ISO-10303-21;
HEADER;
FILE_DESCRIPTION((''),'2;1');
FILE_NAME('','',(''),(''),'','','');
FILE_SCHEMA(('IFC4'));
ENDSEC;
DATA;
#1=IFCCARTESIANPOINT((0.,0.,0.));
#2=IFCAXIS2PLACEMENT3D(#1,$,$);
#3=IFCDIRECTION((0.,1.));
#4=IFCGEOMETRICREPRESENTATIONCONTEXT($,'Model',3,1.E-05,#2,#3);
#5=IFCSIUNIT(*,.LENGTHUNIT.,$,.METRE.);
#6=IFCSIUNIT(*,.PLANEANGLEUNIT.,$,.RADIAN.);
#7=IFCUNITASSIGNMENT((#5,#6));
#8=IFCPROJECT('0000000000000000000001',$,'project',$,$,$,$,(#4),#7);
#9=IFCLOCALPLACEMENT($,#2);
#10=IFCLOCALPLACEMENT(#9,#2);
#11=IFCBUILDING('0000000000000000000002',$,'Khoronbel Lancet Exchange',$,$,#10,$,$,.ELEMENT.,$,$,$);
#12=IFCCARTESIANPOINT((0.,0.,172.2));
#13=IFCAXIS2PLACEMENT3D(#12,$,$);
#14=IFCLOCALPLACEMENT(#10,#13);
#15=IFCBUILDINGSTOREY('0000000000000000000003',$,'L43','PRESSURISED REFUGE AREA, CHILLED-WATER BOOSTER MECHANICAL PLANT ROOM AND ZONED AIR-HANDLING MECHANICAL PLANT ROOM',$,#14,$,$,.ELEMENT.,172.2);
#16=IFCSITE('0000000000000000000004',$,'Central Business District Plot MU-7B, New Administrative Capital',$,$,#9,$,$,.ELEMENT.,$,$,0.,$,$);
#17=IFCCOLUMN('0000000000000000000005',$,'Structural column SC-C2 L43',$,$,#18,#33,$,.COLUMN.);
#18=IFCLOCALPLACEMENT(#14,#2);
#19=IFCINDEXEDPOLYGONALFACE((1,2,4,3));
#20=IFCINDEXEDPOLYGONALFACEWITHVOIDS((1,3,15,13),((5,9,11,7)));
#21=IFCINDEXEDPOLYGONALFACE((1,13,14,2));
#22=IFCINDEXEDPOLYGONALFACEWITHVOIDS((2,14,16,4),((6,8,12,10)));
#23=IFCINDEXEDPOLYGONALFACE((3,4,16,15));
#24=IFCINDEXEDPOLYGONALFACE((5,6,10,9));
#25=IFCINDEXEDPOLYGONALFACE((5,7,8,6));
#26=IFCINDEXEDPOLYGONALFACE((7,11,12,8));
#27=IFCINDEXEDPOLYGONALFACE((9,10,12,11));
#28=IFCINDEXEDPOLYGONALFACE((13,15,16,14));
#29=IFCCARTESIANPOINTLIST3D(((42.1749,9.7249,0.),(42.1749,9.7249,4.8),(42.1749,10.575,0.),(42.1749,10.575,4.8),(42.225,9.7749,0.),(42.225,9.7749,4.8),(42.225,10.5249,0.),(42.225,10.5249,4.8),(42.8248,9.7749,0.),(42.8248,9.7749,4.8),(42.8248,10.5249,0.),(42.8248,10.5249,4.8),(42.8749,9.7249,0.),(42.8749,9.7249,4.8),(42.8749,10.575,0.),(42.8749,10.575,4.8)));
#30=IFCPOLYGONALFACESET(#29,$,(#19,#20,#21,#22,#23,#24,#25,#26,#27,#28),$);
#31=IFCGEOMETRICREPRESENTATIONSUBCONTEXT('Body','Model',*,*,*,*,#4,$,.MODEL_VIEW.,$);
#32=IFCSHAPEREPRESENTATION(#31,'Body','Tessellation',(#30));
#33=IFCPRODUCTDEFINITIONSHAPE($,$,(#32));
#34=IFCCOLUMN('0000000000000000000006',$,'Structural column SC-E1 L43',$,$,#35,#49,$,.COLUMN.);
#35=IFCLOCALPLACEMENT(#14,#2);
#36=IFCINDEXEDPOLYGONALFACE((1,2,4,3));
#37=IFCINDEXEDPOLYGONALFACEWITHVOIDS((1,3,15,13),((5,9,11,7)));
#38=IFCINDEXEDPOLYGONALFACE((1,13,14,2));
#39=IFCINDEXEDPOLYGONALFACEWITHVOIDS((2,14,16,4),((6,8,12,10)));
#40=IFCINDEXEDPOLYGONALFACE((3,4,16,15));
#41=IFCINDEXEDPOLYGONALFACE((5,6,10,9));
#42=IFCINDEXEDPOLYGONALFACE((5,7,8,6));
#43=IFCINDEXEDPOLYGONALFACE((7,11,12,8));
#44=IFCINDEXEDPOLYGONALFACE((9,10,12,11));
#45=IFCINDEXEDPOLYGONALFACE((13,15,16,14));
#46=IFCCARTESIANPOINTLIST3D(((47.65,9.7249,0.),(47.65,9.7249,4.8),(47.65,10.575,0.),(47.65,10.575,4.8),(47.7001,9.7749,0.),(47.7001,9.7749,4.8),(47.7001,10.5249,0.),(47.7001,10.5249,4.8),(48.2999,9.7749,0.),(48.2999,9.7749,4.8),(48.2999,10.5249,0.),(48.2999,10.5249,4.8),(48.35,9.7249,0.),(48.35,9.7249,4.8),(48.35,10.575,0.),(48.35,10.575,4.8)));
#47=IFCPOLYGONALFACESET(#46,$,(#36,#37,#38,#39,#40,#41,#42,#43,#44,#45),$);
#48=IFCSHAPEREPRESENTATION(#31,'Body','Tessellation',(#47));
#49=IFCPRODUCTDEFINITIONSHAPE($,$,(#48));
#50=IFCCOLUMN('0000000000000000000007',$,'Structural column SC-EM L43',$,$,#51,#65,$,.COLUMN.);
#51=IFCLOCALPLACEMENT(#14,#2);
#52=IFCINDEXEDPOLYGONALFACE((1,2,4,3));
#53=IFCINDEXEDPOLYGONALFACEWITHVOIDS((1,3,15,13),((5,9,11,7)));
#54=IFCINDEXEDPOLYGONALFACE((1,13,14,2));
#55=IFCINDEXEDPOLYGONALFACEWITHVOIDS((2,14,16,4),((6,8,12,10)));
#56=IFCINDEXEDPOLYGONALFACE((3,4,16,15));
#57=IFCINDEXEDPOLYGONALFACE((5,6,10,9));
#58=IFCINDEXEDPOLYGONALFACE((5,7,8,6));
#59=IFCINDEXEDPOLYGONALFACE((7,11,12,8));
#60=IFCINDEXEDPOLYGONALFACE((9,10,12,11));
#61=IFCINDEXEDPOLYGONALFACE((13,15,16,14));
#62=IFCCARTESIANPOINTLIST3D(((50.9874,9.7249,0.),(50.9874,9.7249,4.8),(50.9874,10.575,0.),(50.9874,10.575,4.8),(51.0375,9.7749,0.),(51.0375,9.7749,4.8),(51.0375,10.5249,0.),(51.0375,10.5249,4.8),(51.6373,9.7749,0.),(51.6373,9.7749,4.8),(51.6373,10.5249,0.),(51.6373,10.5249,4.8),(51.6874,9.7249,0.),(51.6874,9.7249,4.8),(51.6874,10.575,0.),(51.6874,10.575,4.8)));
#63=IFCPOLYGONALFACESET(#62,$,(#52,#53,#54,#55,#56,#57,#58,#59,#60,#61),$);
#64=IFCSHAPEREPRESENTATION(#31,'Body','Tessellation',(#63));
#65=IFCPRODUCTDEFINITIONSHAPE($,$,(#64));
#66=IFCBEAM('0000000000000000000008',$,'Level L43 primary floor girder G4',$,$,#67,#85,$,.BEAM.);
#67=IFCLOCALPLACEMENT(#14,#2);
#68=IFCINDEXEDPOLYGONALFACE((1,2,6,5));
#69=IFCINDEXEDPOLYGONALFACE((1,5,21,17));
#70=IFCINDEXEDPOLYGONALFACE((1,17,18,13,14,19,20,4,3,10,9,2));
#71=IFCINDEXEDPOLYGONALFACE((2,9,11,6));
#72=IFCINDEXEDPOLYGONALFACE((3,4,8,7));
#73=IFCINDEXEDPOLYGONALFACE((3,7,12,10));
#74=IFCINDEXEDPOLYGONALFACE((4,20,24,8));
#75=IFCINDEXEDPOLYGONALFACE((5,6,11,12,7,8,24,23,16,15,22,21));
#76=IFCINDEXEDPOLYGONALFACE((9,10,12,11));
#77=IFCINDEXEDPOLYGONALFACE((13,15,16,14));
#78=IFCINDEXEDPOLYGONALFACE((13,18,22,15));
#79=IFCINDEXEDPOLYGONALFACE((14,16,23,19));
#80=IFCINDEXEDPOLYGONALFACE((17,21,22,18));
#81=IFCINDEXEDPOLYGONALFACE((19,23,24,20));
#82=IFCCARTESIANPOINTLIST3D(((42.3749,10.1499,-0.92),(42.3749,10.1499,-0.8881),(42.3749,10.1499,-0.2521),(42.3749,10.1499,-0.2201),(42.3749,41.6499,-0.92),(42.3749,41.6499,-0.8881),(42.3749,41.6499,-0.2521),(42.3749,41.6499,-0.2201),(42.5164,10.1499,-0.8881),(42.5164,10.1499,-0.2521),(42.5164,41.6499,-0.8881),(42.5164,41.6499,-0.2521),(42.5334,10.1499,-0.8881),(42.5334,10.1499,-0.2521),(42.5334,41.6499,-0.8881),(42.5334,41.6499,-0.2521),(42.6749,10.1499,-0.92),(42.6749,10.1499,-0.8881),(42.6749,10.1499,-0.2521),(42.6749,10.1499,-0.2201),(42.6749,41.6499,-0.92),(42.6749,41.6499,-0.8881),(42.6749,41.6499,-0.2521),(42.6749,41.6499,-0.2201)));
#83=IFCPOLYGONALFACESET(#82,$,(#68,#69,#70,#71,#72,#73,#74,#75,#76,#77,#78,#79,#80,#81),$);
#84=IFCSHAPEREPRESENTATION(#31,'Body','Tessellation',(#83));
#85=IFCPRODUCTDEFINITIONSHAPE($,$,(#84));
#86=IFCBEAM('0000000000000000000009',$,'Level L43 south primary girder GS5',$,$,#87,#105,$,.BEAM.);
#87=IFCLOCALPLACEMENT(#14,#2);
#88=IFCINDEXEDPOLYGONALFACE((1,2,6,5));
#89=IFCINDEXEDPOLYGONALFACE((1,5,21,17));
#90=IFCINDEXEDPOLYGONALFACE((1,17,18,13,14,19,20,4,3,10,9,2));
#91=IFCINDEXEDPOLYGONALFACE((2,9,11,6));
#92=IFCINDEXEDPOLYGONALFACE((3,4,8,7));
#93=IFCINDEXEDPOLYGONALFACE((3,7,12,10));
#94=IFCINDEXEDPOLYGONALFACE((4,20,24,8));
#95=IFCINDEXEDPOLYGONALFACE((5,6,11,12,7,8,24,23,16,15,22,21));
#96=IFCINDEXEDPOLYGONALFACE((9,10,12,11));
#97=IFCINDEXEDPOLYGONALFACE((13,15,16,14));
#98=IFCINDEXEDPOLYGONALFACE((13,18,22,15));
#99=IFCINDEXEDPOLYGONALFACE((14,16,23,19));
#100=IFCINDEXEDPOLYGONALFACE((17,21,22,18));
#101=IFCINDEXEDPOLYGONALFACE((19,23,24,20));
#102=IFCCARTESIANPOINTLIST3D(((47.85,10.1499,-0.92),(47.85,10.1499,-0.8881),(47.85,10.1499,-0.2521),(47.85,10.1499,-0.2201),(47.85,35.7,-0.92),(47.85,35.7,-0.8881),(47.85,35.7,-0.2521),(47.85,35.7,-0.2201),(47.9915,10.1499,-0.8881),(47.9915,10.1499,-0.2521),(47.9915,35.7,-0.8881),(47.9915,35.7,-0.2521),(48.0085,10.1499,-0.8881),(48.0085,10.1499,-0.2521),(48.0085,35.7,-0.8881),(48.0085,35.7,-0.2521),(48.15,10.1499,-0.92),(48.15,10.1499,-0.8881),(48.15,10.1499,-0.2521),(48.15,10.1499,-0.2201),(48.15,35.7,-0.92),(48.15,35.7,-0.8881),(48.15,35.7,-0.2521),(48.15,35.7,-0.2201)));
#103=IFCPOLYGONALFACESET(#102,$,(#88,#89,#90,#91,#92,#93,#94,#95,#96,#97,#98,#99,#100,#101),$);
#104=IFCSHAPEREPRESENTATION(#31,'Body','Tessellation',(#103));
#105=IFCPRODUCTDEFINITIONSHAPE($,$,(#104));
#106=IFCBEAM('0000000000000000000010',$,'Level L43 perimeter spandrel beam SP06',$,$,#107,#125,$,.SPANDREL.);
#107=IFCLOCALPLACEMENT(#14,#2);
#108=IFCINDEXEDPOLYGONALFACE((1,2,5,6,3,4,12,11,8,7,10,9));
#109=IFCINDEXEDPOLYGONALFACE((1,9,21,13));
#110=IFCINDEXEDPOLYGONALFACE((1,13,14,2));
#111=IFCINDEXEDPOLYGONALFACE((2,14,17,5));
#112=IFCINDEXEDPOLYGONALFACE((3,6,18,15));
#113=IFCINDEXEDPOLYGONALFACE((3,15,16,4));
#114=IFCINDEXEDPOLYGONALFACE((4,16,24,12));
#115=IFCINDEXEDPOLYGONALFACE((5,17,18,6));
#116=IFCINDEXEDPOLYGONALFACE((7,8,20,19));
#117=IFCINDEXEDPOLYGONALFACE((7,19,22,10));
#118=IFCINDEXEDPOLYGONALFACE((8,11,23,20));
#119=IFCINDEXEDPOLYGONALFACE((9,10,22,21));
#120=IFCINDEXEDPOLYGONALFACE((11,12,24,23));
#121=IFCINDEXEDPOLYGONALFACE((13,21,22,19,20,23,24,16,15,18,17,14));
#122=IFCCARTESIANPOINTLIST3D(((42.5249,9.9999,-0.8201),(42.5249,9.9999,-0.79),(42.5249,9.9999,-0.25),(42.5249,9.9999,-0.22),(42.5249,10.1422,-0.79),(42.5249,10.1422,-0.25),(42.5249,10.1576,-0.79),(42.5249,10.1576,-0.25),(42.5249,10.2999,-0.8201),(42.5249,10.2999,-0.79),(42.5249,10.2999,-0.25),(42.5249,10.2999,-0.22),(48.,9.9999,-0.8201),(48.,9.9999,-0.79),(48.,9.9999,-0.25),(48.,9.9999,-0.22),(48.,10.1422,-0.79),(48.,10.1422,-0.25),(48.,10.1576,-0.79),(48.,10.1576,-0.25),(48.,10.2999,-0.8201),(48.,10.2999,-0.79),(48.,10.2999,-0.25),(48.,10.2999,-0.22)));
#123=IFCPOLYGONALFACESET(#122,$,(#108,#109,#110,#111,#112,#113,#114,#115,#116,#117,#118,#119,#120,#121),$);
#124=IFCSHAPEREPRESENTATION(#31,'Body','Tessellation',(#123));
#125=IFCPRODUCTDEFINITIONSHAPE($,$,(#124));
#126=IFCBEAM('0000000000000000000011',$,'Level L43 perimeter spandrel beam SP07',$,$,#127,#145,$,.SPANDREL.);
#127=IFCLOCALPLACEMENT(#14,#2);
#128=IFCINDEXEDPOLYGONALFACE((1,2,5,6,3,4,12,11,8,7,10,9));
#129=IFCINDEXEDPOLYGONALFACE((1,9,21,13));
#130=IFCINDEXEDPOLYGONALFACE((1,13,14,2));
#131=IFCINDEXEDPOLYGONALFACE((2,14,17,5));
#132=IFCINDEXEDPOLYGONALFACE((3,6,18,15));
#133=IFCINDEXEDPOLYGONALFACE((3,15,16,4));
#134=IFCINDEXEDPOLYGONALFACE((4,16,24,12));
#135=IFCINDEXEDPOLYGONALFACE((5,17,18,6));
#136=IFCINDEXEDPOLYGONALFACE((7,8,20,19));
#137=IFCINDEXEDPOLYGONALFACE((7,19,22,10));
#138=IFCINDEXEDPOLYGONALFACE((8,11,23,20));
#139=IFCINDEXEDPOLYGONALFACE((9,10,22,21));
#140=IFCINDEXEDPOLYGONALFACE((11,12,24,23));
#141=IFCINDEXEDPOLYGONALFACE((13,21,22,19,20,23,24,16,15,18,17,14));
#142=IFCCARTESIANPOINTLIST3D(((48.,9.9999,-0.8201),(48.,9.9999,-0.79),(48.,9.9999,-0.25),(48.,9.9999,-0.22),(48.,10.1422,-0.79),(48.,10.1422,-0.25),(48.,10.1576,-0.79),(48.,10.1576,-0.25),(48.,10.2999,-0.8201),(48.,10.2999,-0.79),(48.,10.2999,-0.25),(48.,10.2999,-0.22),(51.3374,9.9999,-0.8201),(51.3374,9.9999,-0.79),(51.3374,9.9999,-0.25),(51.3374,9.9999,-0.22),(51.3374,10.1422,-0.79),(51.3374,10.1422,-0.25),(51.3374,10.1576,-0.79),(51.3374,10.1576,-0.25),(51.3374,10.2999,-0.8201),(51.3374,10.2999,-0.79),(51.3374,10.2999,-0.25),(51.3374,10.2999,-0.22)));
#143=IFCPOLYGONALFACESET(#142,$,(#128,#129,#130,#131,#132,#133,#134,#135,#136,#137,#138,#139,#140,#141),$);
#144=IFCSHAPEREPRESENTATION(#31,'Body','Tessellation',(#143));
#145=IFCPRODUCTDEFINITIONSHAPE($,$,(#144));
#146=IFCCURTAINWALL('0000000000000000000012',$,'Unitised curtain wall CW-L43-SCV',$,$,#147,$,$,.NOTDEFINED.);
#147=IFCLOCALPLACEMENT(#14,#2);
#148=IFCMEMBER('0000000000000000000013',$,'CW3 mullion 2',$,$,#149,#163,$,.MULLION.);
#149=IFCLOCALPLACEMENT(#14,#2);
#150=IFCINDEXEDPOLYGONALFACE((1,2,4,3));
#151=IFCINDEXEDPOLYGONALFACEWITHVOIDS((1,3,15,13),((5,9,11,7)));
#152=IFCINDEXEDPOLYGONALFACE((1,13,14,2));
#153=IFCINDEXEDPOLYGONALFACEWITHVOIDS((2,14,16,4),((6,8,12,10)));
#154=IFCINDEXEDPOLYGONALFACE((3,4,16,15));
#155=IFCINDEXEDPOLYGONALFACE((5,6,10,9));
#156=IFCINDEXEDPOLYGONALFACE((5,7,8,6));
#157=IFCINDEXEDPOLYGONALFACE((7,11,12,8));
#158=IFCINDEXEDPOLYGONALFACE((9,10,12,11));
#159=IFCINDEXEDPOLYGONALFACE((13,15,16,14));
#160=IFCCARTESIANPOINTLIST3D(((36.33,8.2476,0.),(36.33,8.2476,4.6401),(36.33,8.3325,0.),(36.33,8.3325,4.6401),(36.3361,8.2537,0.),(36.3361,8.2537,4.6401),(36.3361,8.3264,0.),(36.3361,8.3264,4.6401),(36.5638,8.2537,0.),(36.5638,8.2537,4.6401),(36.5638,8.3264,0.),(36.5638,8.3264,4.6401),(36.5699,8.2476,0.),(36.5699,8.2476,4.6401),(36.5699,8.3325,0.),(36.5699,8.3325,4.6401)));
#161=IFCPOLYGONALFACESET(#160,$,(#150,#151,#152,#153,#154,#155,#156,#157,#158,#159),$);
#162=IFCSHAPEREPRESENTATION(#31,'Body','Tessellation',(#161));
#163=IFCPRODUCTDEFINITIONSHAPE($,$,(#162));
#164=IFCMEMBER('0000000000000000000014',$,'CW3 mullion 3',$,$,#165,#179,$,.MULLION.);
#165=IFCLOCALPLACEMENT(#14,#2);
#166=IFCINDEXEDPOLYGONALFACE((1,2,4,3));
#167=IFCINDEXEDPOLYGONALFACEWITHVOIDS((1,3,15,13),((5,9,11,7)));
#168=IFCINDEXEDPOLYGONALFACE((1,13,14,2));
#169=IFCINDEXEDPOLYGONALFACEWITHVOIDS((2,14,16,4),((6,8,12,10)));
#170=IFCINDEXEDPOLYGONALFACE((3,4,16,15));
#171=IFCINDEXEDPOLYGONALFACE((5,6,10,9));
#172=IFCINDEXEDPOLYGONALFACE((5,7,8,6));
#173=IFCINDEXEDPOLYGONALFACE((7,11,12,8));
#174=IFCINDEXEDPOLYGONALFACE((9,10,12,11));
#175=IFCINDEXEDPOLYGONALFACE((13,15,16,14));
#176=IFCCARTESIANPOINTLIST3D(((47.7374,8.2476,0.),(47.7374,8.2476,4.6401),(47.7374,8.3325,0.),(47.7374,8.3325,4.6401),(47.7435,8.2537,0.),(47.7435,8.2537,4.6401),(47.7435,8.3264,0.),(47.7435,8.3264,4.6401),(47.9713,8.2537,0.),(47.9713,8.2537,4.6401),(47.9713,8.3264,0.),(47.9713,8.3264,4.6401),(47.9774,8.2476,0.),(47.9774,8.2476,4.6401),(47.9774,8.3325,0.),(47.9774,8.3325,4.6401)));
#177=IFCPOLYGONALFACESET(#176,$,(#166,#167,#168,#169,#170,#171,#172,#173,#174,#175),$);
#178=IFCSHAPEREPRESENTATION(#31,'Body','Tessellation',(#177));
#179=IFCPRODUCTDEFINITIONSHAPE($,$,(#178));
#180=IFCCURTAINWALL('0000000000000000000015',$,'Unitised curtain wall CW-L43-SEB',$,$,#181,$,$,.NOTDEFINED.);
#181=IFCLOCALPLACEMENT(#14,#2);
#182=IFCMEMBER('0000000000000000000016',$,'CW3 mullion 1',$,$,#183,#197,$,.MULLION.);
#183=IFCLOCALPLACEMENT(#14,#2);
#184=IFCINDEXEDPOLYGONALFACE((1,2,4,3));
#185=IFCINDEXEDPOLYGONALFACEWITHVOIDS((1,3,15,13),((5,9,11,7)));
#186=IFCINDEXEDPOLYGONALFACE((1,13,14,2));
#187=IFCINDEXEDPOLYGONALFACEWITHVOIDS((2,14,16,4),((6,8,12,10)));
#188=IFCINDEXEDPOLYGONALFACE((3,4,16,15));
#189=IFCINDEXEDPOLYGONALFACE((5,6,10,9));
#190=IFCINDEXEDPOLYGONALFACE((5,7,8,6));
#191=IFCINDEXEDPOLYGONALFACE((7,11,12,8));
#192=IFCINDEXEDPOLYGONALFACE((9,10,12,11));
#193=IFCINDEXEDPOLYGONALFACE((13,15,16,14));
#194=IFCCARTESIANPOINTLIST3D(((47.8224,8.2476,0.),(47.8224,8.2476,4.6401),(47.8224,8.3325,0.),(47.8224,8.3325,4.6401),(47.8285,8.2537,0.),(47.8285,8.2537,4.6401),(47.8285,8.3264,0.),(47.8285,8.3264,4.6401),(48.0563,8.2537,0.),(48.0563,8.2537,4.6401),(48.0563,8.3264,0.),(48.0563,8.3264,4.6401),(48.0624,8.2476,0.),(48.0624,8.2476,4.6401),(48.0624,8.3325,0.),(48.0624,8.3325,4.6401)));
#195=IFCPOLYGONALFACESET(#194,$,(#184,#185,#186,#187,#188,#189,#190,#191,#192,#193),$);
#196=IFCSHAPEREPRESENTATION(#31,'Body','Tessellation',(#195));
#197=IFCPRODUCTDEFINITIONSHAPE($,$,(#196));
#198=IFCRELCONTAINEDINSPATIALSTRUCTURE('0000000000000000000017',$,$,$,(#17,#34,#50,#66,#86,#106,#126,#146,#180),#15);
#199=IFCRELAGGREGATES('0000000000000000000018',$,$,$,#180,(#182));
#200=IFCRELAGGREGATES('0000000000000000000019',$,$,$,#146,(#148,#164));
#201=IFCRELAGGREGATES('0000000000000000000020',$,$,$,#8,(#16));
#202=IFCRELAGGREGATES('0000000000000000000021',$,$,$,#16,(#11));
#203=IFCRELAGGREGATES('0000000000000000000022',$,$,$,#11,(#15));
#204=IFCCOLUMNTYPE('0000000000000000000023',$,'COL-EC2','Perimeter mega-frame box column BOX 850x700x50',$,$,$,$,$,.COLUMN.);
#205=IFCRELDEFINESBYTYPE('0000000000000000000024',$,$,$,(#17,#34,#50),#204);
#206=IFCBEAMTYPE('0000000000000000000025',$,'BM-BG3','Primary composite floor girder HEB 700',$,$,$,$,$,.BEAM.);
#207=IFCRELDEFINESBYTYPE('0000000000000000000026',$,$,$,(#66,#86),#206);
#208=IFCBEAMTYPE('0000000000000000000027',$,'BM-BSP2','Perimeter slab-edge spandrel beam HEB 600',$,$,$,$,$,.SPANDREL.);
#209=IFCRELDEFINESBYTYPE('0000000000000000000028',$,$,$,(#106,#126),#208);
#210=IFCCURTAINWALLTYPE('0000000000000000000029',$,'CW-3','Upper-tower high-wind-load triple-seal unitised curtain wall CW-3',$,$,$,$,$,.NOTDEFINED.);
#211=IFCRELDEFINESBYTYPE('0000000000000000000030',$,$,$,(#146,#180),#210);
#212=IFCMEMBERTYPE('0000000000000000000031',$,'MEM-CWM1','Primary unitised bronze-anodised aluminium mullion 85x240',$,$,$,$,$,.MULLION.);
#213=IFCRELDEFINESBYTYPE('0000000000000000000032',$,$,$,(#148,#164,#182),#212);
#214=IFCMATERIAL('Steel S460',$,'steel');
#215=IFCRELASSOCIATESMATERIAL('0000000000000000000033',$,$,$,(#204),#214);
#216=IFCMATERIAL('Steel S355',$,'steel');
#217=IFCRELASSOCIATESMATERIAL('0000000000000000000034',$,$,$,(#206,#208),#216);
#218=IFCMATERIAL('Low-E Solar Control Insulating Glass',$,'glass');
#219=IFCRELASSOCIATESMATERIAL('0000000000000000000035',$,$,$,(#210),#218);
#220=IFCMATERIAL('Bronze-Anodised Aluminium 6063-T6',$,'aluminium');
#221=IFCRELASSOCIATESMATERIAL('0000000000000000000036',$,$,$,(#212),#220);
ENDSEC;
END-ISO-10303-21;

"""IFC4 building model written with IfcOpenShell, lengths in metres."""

from ifc_helpers import new_model, si_unit, direction, frame, origin, origin_2d, place, context, subcontext, project, spatial, hollow_rectangle, i_section, extrude, material, material_profile, profile_set, type_object, element, aggregate, save


model = new_model("IFC4")

# Units and contexts
model_context = context("Model", 3, precision=1e-05, world=origin(), true_north=direction((0.0, 1.0)))
body_context = subcontext(model_context, "Body", "Model", "MODEL_VIEW")
ifc_project = project(units=[si_unit("LENGTHUNIT", "METRE"), si_unit("PLANEANGLEUNIT", "RADIAN")], contexts=[model_context])

# Site, building, storey
site_placement = place(None, origin())
site = spatial("IfcSite", under=ifc_project, at=site_placement, Name="Central Business District Plot MU-7B, New Administrative Capital", CompositionType="ELEMENT", RefElevation=0.0)
building_placement = place(site_placement, origin())
building = spatial("IfcBuilding", under=site, at=building_placement, Name="Khoronbel Lancet Exchange", CompositionType="ELEMENT")
storey_placement = place(building_placement, frame((0.0, 0.0, 172.2)))
storey = spatial("IfcBuildingStorey", under=building, at=storey_placement, Name="L43", Description="PRESSURISED REFUGE AREA, CHILLED-WATER BOOSTER MECHANICAL PLANT ROOM AND ZONED AIR-HANDLING MECHANICAL PLANT ROOM", CompositionType="ELEMENT", Elevation=172.2)

# Columns
ifc_material_1 = material(Name="Steel S460", Category="steel")
ifc_material_profile_1 = material_profile(ifc_material_1, hollow_rectangle(XDim=0.7, YDim=0.8501, WallThickness=0.05, at=origin_2d()), Name="BOX 850x700x50")
ifc_profile_set_1 = profile_set([ifc_material_profile_1], Name="Steel S460")
column_type = type_object("IfcColumnType", Name="COL-EC2", Description="Perimeter mega-frame box column BOX 850x700x50", PredefinedType="COLUMN", material=ifc_profile_set_1)
for number, where, z_axis, x_axis, name in (
    (1, (42.5249, 10.1499, 0.0), (0.0, 0.0, 1.0), (1.0, 0.0, 0.0), "Structural column SC-C2 L43"),
    (2, (48.0, 10.1499, 0.0), (0.0, 0.0, 1.0), (1.0, 0.0, 0.0), "Structural column SC-E1 L43"),
    (3, (51.3374, 10.1499, 0.0), (0.0, 0.0, 1.0), (1.0, 0.0, 0.0), "Structural column SC-EM L43"),
):
    element("IfcColumn", number, at=place(storey_placement, frame(where, z_axis=z_axis, x_axis=x_axis)), inside=storey, type_object=column_type, Name=name, PredefinedType="COLUMN", context=body_context, shape_type="SweptSolid", body=[
        extrude(hollow_rectangle(XDim=0.7, YDim=0.8501, WallThickness=0.05, at=origin_2d()), origin(), (0.0, 0.0, 1.0), 4.8),
    ])

# Beams
ifc_material_2 = material(Name="Steel S355", Category="steel")
ifc_material_profile_2 = material_profile(ifc_material_2, i_section(OverallWidth=0.3, OverallDepth=0.7, WebThickness=0.0171, FlangeThickness=0.032, at=origin_2d()), Name="HEB 700")
ifc_profile_set_2 = profile_set([ifc_material_profile_2], Name="Steel S355")
beam_type_1 = type_object("IfcBeamType", Name="BM-BG3", Description="Primary composite floor girder HEB 700", PredefinedType="BEAM", material=ifc_profile_set_2)
beam_1_placement = place(storey_placement, frame((42.5249, 10.1499, -0.5701), z_axis=(0.0, 1.0, 0.0), x_axis=(-1.0, 0.0, 0.0)))
element("IfcBeam", 4, at=beam_1_placement, inside=storey, type_object=beam_type_1, Name="Level L43 primary floor girder G4", PredefinedType="BEAM", context=body_context, shape_type="SweptSolid", body=[
    extrude(i_section(OverallWidth=0.3, OverallDepth=0.7, WebThickness=0.0171, FlangeThickness=0.032, at=origin_2d()), origin(), (0.0, 0.0, 1.0), 31.5),
])
beam_2_placement = place(storey_placement, frame((48.0, 10.1499, -0.5701), z_axis=(0.0, 1.0, 0.0), x_axis=(-1.0, 0.0, 0.0)))
element("IfcBeam", 5, at=beam_2_placement, inside=storey, type_object=beam_type_1, Name="Level L43 south primary girder GS5", PredefinedType="BEAM", context=body_context, shape_type="SweptSolid", body=[
    extrude(i_section(OverallWidth=0.3, OverallDepth=0.7, WebThickness=0.0171, FlangeThickness=0.032, at=origin_2d()), origin(), (0.0, 0.0, 1.0), 25.55),
])
ifc_material_profile_3 = material_profile(ifc_material_2, i_section(OverallWidth=0.3, OverallDepth=0.6001, WebThickness=0.0154, FlangeThickness=0.03, at=origin_2d()), Name="HEB 600")
ifc_profile_set_3 = profile_set([ifc_material_profile_3], Name="Steel S355")
beam_type_2 = type_object("IfcBeamType", Name="BM-BSP2", Description="Perimeter slab-edge spandrel beam HEB 600", PredefinedType="SPANDREL", material=ifc_profile_set_3)
beam_3_placement = place(storey_placement, frame((42.5249, 10.1499, -0.52), z_axis=(1.0, 0.0, 0.0), x_axis=(0.0, 1.0, 0.0)))
element("IfcBeam", 6, at=beam_3_placement, inside=storey, type_object=beam_type_2, Name="Level L43 perimeter spandrel beam SP06", PredefinedType="SPANDREL", context=body_context, shape_type="SweptSolid", body=[
    extrude(i_section(OverallWidth=0.3, OverallDepth=0.6001, WebThickness=0.0154, FlangeThickness=0.03, at=origin_2d()), origin(), (0.0, 0.0, 1.0), 5.4751),
])
beam_4_placement = place(storey_placement, frame((48.0, 10.1499, -0.52), z_axis=(1.0, 0.0, 0.0), x_axis=(0.0, 1.0, 0.0)))
element("IfcBeam", 7, at=beam_4_placement, inside=storey, type_object=beam_type_2, Name="Level L43 perimeter spandrel beam SP07", PredefinedType="SPANDREL", context=body_context, shape_type="SweptSolid", body=[
    extrude(i_section(OverallWidth=0.3, OverallDepth=0.6001, WebThickness=0.0154, FlangeThickness=0.03, at=origin_2d()), origin(), (0.0, 0.0, 1.0), 3.3374),
])

# Curtain wall, members
ifc_material_3 = material(Name="Low-E Solar Control Insulating Glass", Category="glass")
curtain_wall_type = type_object("IfcCurtainWallType", Name="CW-3", Description="Upper-tower high-wind-load triple-seal unitised curtain wall CW-3", PredefinedType="NOTDEFINED", material=ifc_material_3)
curtain_wall_1_placement = place(storey_placement, origin())
curtain_wall_1 = element("IfcCurtainWall", 8, at=curtain_wall_1_placement, inside=storey, type_object=curtain_wall_type, Name="Unitised curtain wall CW-L43-SCV", PredefinedType="NOTDEFINED")
ifc_material_4 = material(Name="Bronze-Anodised Aluminium 6063-T6", Category="aluminium")
ifc_material_profile_4 = material_profile(ifc_material_4, hollow_rectangle(XDim=0.085, YDim=0.24, WallThickness=0.0061, at=origin_2d()), Name="ALU MULLION 85x240")
ifc_profile_set_4 = profile_set([ifc_material_profile_4], Name="Bronze-Anodised Aluminium 6063-T6")
member_type_1 = type_object("IfcMemberType", Name="MEM-CWM1", Description="Primary unitised bronze-anodised aluminium mullion 85x240", PredefinedType="MULLION", material=ifc_profile_set_4)
member_1_placement = place(storey_placement, frame((36.45, 8.29, 0.0), z_axis=(0.0, 0.0, 1.0), x_axis=(0.0, 1.0, 0.0)))
member_1 = element("IfcMember", 9, at=member_1_placement, type_object=member_type_1, Name="CW3 mullion 2", PredefinedType="MULLION", context=body_context, shape_type="SweptSolid", body=[
    extrude(hollow_rectangle(XDim=0.085, YDim=0.24, WallThickness=0.0061, at=origin_2d()), origin(), (0.0, 0.0, 1.0), 4.6401),
])
member_2_placement = place(storey_placement, frame((47.8574, 8.29, 0.0), z_axis=(0.0, 0.0, 1.0), x_axis=(0.0, 1.0, 0.0)))
member_2 = element("IfcMember", 10, at=member_2_placement, type_object=member_type_1, Name="CW3 mullion 3", PredefinedType="MULLION", context=body_context, shape_type="SweptSolid", body=[
    extrude(hollow_rectangle(XDim=0.085, YDim=0.24, WallThickness=0.0061, at=origin_2d()), origin(), (0.0, 0.0, 1.0), 4.6401),
])

# Curtain wall, member
curtain_wall_2_placement = place(storey_placement, origin())
curtain_wall_2 = element("IfcCurtainWall", 11, at=curtain_wall_2_placement, inside=storey, type_object=curtain_wall_type, Name="Unitised curtain wall CW-L43-SEB", PredefinedType="NOTDEFINED")
member_3_placement = place(storey_placement, frame((47.9424, 8.29, 0.0), z_axis=(0.0, 0.0, 1.0), x_axis=(0.0, 1.0, 0.0)))
member_3 = element("IfcMember", 12, at=member_3_placement, type_object=member_type_1, Name="CW3 mullion 1", PredefinedType="MULLION", context=body_context, shape_type="SweptSolid", body=[
    extrude(hollow_rectangle(XDim=0.085, YDim=0.24, WallThickness=0.0061, at=origin_2d()), origin(), (0.0, 0.0, 1.0), 4.6401),
])

aggregate(curtain_wall_2, [member_3])

aggregate(curtain_wall_1, [member_1, member_2])

save(model, "model.ifc")
